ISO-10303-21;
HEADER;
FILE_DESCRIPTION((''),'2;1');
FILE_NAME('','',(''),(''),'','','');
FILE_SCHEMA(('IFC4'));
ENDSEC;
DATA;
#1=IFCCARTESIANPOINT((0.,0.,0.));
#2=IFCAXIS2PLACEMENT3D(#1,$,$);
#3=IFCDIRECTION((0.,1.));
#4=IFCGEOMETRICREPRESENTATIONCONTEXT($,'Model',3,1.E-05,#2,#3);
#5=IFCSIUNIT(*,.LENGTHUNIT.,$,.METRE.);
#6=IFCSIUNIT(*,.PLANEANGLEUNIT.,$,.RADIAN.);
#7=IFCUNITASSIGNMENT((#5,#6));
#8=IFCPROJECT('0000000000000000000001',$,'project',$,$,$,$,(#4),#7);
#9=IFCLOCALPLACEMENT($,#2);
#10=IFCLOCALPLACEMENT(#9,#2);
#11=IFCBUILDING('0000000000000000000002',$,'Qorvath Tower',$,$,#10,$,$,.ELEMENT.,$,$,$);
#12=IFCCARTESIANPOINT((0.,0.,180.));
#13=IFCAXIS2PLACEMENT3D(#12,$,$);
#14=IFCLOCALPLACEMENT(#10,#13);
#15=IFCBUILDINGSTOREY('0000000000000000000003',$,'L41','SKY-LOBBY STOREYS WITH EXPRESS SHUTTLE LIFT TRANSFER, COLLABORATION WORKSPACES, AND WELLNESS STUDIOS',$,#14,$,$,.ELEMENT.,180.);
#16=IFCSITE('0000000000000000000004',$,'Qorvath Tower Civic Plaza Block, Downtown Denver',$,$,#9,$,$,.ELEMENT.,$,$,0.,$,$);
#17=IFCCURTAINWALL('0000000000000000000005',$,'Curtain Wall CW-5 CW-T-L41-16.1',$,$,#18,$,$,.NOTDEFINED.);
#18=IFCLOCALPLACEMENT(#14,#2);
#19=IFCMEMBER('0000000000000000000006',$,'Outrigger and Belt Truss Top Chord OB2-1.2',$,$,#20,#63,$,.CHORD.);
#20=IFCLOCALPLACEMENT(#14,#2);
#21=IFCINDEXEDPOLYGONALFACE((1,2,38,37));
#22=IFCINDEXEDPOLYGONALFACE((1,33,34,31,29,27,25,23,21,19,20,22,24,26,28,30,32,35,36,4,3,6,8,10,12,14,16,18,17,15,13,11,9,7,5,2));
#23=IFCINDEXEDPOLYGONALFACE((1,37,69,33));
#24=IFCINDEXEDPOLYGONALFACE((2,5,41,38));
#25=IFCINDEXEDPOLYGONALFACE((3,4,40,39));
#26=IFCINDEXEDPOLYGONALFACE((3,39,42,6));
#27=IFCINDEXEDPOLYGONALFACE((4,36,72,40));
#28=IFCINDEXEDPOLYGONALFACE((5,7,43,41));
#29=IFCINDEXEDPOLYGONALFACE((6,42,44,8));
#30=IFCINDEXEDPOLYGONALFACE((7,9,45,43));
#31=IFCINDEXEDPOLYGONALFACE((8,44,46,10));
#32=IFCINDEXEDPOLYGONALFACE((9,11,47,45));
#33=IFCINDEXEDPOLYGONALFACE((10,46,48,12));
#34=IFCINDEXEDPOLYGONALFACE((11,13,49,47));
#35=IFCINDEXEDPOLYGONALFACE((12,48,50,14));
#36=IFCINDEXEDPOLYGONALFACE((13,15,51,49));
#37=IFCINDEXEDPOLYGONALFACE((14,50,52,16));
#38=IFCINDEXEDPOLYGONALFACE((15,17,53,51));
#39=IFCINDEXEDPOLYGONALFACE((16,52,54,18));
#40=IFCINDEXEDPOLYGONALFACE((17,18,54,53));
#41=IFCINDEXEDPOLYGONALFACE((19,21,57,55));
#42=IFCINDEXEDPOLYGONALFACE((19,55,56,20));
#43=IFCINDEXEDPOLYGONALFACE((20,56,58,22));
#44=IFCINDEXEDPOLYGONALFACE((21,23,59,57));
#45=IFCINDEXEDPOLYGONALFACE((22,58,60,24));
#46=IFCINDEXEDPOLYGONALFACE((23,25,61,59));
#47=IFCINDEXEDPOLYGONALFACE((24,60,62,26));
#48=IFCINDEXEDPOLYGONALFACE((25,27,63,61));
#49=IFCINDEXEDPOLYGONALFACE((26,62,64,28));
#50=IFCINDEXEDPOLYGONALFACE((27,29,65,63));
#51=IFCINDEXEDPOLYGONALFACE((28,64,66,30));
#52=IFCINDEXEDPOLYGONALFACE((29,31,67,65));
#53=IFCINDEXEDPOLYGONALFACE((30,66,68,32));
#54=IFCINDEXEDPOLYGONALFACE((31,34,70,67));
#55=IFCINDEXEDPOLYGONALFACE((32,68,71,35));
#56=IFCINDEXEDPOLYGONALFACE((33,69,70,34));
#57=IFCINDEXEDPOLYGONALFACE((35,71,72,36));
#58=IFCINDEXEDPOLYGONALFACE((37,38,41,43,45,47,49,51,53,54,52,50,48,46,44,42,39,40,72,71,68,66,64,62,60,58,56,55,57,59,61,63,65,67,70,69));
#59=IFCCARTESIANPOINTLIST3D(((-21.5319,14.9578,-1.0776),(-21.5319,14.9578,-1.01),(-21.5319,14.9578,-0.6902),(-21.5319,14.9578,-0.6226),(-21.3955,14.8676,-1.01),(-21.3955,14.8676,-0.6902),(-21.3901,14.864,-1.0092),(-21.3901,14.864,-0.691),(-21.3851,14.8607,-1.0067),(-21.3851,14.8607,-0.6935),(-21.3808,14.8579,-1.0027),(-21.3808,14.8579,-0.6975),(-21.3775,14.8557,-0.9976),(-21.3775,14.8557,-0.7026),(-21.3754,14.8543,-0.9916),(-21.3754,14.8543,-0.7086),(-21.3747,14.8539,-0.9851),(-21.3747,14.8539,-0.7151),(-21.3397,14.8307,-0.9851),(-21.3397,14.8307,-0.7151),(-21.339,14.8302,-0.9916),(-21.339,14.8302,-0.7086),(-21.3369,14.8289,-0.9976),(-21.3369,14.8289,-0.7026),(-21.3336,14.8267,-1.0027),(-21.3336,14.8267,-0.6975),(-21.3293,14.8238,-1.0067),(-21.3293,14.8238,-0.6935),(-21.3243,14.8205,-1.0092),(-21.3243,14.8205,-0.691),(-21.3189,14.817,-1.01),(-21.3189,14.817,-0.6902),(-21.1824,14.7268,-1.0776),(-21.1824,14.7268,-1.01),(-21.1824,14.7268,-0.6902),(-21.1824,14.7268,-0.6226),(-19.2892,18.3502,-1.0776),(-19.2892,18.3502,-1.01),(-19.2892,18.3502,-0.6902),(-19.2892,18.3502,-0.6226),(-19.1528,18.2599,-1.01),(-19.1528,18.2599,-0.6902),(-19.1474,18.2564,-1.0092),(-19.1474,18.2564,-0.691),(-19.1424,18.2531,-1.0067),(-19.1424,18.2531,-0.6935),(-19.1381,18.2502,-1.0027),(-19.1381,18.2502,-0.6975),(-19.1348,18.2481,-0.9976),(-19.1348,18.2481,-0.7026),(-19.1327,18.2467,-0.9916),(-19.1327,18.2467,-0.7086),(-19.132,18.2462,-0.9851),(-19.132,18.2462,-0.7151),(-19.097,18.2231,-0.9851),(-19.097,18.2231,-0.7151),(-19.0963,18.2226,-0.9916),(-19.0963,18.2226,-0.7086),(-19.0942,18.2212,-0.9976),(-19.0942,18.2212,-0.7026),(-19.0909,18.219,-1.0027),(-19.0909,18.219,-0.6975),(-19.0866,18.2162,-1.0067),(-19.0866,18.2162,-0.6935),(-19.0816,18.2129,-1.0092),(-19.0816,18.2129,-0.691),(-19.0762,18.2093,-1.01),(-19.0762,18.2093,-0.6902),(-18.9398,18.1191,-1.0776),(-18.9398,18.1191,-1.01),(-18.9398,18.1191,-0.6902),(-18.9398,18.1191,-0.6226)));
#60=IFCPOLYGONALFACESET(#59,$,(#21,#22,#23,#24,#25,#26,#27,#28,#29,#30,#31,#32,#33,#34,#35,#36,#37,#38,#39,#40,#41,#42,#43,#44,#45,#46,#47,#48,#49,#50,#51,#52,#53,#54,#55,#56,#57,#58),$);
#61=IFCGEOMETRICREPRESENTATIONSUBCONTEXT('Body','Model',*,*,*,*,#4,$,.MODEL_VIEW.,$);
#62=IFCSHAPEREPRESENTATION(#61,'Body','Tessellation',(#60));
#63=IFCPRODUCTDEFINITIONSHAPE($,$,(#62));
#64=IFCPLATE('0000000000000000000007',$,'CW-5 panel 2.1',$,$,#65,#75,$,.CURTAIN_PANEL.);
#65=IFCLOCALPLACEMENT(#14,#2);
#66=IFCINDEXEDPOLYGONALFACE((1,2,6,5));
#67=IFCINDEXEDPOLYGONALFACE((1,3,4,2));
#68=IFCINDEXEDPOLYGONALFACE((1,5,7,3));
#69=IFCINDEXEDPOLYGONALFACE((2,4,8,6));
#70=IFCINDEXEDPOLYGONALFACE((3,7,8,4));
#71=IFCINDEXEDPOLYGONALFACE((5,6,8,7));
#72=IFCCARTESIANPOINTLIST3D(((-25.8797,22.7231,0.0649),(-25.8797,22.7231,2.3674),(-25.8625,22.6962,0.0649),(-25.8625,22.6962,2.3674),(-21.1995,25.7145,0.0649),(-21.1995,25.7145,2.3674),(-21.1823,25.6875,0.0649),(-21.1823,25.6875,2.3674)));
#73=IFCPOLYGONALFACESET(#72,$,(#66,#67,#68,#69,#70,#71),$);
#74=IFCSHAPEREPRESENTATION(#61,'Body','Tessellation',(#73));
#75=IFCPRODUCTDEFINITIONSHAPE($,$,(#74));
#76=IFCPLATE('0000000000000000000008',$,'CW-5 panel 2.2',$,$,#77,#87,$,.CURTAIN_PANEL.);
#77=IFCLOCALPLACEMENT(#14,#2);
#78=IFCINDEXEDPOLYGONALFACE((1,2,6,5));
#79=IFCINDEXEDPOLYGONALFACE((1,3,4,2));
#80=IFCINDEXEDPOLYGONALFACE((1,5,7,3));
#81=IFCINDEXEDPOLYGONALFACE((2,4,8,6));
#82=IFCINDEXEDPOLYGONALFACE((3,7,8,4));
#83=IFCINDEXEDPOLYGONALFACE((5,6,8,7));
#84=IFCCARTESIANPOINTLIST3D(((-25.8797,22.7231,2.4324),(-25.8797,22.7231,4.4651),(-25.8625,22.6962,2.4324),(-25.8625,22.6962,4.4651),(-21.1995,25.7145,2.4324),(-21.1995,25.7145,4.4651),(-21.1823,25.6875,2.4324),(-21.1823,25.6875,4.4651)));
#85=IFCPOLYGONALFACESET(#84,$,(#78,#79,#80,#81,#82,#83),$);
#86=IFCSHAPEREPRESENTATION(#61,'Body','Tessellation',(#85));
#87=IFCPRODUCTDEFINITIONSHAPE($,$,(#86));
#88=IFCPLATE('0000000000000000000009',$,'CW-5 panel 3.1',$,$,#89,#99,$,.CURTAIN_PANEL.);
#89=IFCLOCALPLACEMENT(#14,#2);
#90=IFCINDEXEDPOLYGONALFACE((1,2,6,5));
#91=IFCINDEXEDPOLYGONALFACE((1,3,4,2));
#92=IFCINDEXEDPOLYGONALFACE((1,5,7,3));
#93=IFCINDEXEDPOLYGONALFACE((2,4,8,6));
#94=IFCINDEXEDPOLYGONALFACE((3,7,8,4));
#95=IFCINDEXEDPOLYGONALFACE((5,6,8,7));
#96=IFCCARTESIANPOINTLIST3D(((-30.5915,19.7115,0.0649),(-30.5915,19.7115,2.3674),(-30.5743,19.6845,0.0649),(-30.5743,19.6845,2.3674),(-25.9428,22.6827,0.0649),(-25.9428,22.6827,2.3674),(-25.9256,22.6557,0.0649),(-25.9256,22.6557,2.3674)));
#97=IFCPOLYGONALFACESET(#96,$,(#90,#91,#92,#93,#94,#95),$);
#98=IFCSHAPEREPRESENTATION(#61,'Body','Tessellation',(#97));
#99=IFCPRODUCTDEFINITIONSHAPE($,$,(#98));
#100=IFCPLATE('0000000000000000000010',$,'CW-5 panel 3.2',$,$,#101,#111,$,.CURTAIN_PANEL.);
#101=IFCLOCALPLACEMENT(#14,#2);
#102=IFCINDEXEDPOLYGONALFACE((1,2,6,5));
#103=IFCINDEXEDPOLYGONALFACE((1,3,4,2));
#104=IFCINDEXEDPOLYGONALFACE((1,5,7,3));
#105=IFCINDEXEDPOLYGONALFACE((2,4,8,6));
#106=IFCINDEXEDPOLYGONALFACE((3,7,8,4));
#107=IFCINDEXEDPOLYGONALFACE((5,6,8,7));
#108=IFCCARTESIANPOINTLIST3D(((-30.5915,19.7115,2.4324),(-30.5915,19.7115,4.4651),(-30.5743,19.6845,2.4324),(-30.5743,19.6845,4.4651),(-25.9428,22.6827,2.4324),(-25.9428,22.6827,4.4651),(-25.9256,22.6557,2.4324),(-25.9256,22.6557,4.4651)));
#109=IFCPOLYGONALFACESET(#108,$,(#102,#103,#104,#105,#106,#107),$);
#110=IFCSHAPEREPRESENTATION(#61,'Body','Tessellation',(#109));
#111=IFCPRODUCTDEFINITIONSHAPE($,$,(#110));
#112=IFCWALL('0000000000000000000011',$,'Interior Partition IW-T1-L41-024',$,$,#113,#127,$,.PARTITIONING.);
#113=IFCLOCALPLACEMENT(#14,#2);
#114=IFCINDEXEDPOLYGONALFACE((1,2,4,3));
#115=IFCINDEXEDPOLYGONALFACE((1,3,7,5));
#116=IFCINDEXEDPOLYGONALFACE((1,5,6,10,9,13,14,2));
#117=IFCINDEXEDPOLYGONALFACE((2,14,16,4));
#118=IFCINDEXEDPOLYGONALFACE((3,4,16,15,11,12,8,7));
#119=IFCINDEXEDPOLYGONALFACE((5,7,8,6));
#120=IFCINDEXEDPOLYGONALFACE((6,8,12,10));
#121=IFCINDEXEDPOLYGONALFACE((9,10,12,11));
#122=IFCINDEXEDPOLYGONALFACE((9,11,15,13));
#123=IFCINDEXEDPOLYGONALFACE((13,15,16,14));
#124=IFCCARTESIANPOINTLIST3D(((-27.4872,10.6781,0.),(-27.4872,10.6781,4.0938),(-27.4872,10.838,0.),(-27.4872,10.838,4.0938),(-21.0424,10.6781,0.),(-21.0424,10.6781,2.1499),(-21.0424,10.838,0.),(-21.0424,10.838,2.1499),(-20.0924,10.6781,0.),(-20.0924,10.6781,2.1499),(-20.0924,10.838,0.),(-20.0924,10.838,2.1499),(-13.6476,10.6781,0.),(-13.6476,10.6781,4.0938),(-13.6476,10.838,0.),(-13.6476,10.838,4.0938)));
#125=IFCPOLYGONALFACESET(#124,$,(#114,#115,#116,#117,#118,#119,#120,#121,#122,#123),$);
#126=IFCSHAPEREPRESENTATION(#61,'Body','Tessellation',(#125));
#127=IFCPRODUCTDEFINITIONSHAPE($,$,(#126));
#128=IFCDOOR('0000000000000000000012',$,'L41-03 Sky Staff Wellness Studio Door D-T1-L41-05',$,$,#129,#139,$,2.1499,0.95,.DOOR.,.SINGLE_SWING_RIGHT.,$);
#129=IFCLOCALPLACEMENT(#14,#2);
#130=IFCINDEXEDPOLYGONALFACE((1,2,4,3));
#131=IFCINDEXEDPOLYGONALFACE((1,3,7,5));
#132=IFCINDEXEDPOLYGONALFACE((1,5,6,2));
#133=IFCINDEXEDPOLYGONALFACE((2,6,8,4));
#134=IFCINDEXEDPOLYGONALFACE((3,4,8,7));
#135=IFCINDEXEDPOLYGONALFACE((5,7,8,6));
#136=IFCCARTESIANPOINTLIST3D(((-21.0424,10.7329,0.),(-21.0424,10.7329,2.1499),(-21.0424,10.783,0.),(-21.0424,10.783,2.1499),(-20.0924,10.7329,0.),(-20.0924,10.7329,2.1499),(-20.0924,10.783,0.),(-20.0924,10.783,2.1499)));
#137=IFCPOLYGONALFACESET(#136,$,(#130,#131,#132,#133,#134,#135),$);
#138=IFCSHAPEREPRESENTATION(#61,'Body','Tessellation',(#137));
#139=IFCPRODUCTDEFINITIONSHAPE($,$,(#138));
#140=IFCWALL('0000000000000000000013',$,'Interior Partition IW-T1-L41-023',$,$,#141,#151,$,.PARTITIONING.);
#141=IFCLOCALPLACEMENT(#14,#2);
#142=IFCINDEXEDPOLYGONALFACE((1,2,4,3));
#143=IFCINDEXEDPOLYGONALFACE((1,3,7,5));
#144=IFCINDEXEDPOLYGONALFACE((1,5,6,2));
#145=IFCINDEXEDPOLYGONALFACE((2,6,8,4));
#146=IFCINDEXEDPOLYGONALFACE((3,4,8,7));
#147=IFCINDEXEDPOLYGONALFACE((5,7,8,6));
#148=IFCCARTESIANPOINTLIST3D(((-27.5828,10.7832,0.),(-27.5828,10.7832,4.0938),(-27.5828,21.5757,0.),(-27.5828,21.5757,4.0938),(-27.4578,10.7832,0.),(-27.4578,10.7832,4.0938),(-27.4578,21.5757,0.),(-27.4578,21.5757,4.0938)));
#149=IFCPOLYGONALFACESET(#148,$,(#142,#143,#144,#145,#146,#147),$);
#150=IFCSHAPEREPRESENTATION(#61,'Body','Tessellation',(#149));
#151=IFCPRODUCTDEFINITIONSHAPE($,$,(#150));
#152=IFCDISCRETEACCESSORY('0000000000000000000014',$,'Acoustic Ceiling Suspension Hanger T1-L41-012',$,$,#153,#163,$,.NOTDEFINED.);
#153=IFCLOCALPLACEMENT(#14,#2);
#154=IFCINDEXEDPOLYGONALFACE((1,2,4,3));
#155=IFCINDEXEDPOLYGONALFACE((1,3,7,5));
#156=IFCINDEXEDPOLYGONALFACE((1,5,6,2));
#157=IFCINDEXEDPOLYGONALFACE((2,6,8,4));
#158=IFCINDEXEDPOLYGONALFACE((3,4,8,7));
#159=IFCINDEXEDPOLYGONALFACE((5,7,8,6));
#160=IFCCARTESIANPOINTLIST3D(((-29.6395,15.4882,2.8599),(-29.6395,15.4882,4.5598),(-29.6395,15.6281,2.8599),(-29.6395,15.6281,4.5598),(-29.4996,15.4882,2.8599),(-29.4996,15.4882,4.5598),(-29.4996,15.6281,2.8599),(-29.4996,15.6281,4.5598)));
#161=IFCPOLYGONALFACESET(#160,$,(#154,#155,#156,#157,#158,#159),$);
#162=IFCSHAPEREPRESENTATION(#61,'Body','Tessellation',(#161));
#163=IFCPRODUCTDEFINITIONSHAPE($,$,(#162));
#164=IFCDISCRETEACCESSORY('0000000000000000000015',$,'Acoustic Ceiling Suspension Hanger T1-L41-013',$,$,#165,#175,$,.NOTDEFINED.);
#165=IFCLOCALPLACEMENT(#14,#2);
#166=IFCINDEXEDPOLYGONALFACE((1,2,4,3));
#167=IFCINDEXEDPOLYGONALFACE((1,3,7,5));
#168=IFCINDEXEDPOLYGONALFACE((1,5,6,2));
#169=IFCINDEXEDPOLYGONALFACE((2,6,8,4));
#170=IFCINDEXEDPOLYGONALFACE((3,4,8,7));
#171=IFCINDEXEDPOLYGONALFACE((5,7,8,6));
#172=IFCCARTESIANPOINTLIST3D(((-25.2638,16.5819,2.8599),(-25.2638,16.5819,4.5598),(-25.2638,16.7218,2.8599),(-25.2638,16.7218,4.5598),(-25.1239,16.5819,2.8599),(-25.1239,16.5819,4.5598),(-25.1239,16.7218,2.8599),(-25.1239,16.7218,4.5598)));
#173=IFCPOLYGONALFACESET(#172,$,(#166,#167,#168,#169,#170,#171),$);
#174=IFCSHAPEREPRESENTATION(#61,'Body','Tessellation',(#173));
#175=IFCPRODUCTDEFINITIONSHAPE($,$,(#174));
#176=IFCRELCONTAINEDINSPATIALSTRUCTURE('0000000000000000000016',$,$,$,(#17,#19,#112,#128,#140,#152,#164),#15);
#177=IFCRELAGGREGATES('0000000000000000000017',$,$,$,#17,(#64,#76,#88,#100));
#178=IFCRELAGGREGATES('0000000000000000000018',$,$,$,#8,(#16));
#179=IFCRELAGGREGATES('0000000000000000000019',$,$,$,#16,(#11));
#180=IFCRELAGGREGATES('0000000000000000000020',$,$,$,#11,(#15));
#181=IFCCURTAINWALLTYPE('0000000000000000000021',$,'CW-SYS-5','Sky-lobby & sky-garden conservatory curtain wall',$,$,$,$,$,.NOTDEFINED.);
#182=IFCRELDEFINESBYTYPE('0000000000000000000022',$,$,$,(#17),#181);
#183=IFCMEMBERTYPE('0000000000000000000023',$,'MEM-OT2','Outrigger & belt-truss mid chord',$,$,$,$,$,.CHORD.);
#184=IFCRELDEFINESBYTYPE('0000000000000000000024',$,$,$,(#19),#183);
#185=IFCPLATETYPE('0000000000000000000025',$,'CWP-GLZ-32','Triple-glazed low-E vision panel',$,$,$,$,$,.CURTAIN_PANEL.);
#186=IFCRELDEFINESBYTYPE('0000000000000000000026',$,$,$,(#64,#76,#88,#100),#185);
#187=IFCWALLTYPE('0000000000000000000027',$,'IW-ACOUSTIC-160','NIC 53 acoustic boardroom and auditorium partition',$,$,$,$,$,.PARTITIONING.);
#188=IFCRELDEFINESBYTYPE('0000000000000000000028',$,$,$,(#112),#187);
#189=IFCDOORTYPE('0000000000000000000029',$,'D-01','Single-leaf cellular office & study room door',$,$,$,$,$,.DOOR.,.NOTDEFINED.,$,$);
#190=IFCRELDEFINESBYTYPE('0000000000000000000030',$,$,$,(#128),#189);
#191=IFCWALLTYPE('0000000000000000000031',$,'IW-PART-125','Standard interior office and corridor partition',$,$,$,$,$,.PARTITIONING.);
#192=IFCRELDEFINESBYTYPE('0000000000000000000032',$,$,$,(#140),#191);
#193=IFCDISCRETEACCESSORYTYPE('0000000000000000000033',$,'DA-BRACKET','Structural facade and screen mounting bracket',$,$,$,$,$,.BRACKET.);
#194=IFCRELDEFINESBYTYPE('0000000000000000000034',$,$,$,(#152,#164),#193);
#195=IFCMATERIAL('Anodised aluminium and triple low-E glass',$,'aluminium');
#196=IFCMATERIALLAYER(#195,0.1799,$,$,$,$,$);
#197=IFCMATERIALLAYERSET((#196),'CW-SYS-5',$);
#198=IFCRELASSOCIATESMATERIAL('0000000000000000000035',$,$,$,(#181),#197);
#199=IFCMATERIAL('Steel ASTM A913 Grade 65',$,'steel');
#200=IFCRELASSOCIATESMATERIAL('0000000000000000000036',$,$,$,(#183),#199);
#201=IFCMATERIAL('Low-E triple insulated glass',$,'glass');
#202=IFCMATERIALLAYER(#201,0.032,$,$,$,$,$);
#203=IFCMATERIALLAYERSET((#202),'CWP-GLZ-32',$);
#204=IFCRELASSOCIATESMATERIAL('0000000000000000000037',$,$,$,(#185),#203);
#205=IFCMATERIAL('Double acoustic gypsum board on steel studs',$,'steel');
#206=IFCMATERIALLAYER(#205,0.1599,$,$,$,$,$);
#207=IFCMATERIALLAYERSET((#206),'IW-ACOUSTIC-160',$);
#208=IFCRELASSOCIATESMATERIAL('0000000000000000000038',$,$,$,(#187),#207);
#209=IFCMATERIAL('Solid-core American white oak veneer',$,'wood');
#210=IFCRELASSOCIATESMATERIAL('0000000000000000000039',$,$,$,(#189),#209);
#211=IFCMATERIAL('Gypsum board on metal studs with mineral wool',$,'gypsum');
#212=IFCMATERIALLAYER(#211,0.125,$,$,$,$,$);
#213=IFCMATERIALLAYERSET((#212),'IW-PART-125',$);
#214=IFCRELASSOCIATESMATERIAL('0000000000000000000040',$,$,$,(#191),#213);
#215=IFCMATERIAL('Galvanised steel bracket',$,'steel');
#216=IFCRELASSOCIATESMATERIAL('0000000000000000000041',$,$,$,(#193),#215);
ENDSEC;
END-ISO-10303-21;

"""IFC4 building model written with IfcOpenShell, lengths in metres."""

from ifc_helpers import new_model, si_unit, direction, frame, frame_2d, origin, origin_2d, place, context, subcontext, project, spatial, rectangle, i_section, extrude, material, layer, layer_set, material_profile, profile_set, type_object, element, fill, aggregate, save


model = new_model("IFC4")

# Units and contexts
model_context = context("Model", 3, precision=1e-05, world=origin(), true_north=direction((0.0, 1.0)))
body_context = subcontext(model_context, "Body", "Model", "MODEL_VIEW")
ifc_project = project(units=[si_unit("LENGTHUNIT", "METRE"), si_unit("PLANEANGLEUNIT", "RADIAN")], contexts=[model_context])

# Site, building, storey
site_placement = place(None, origin())
site = spatial("IfcSite", under=ifc_project, at=site_placement, Name="Qorvath Tower Civic Plaza Block, Downtown Denver", CompositionType="ELEMENT", RefElevation=0.0)
building_placement = place(site_placement, origin())
building = spatial("IfcBuilding", under=site, at=building_placement, Name="Qorvath Tower", CompositionType="ELEMENT")
storey_placement = place(building_placement, frame((0.0, 0.0, 180.0)))
storey = spatial("IfcBuildingStorey", under=building, at=storey_placement, Name="L41", Description="SKY-LOBBY STOREYS WITH EXPRESS SHUTTLE LIFT TRANSFER, COLLABORATION WORKSPACES, AND WELLNESS STUDIOS", CompositionType="ELEMENT", Elevation=180.0)

# Curtain wall
ifc_material_1 = material(Name="Anodised aluminium and triple low-E glass", Category="aluminium")
ifc_layer_1 = layer(ifc_material_1, 0.1799)
ifc_layer_set_1 = layer_set([ifc_layer_1], Name="CW-SYS-5")
curtain_wall_type = type_object("IfcCurtainWallType", Name="CW-SYS-5", Description="Sky-lobby & sky-garden conservatory curtain wall", PredefinedType="NOTDEFINED", material=ifc_layer_set_1)
curtain_wall_placement = place(storey_placement, origin())
curtain_wall = element("IfcCurtainWall", 1, at=curtain_wall_placement, inside=storey, type_object=curtain_wall_type, Name="Curtain Wall CW-5 CW-T-L41-16.1", PredefinedType="NOTDEFINED")

# Member
ifc_material_2 = material(Name="Steel ASTM A913 Grade 65", Category="steel")
ifc_material_profile_1 = material_profile(ifc_material_2, i_section(OverallWidth=0.4189, OverallDepth=0.4551, WebThickness=0.042, FlangeThickness=0.0676, FilletRadius=0.0249, at=origin_2d()), Name="W14x370")
ifc_profile_set_1 = profile_set([ifc_material_profile_1], Name="Steel ASTM A913 Grade 65")
member_type_1 = type_object("IfcMemberType", Name="MEM-OT2", Description="Outrigger & belt-truss mid chord", PredefinedType="CHORD", material=ifc_profile_set_1)
for number, where, z_axis, x_axis, name in (
    (2, (-21.3572, 14.8423, -0.8501), (0.551482, 0.834187, 0.0), (-0.834187, 0.551482, 0.0), "Outrigger and Belt Truss Top Chord OB2-1.2"),
):
    element("IfcMember", number, at=place(storey_placement, frame(where, z_axis=z_axis, x_axis=x_axis)), inside=storey, type_object=member_type_1, Name=name, PredefinedType="CHORD", context=body_context, shape_type="SweptSolid", body=[
        extrude(i_section(OverallWidth=0.4189, OverallDepth=0.4551, WebThickness=0.042, FlangeThickness=0.0676, FilletRadius=0.0249, at=origin_2d()), origin(), (0.0, 0.0, 1.0), 4.0667),
    ])

# Plates
ifc_material_3 = material(Name="Low-E triple insulated glass", Category="glass")
ifc_layer_2 = layer(ifc_material_3, 0.032)
ifc_layer_set_2 = layer_set([ifc_layer_2], Name="CWP-GLZ-32")
plate_type = type_object("IfcPlateType", Name="CWP-GLZ-32", Description="Triple-glazed low-E vision panel", PredefinedType="CURTAIN_PANEL", material=ifc_layer_set_2)
plate_1_placement = place(storey_placement, frame((-23.531, 24.2053, 0.0649), z_axis=(0.0, 0.0, 1.0), x_axis=(-0.842597, -0.538544, 0.0)))
plate_1 = element("IfcPlate", 3, at=plate_1_placement, type_object=plate_type, Name="CW-5 panel 2.1", PredefinedType="CURTAIN_PANEL", context=body_context, shape_type="SweptSolid", body=[
    extrude(rectangle(XDim=5.5544, YDim=0.032, at=origin_2d()), origin(), (0.0, 0.0, 1.0), 2.3025),
])
plate_2_placement = place(storey_placement, frame((-23.531, 24.2053, 2.4324), z_axis=(0.0, 0.0, 1.0), x_axis=(-0.842597, -0.538544, 0.0)))
plate_2 = element("IfcPlate", 4, at=plate_2_placement, type_object=plate_type, Name="CW-5 panel 2.2", PredefinedType="CURTAIN_PANEL", context=body_context, shape_type="SweptSolid", body=[
    extrude(rectangle(XDim=5.5544, YDim=0.032, at=origin_2d()), origin(), (0.0, 0.0, 1.0), 2.0327),
])
plate_3_placement = place(storey_placement, frame((-28.2585, 21.1836, 0.0649), z_axis=(0.0, 0.0, 1.0), x_axis=(-0.842597, -0.538544, 0.0)))
plate_3 = element("IfcPlate", 5, at=plate_3_placement, type_object=plate_type, Name="CW-5 panel 3.1", PredefinedType="CURTAIN_PANEL", context=body_context, shape_type="SweptSolid", body=[
    extrude(rectangle(XDim=5.5171, YDim=0.032, at=origin_2d()), origin(), (0.0, 0.0, 1.0), 2.3025),
])
plate_4_placement = place(storey_placement, frame((-28.2585, 21.1836, 2.4324), z_axis=(0.0, 0.0, 1.0), x_axis=(-0.842597, -0.538544, 0.0)))
plate_4 = element("IfcPlate", 6, at=plate_4_placement, type_object=plate_type, Name="CW-5 panel 3.2", PredefinedType="CURTAIN_PANEL", context=body_context, shape_type="SweptSolid", body=[
    extrude(rectangle(XDim=5.5171, YDim=0.032, at=origin_2d()), origin(), (0.0, 0.0, 1.0), 2.0327),
])
aggregate(curtain_wall, [plate_1, plate_2, plate_3, plate_4])

# Wall, opening, door
ifc_material_4 = material(Name="Double acoustic gypsum board on steel studs", Category="steel")
ifc_layer_3 = layer(ifc_material_4, 0.1599)
ifc_layer_set_3 = layer_set([ifc_layer_3], Name="IW-ACOUSTIC-160")
wall_type_1 = type_object("IfcWallType", Name="IW-ACOUSTIC-160", Description="NIC 53 acoustic boardroom and auditorium partition", PredefinedType="PARTITIONING", material=ifc_layer_set_3)
wall_1_placement = place(storey_placement, frame((-27.4873, 10.7581, 0.0), z_axis=(0.0, 0.0, 1.0), x_axis=(1.0, 0.0, 0.0)))
wall_1 = element("IfcWall", 7, at=wall_1_placement, inside=storey, type_object=wall_type_1, Name="Interior Partition IW-T1-L41-024", PredefinedType="PARTITIONING", context=body_context, shape_type="SweptSolid", body=[
    extrude(rectangle(XDim=13.8396, YDim=0.1599, at=frame_2d((6.9199, 0.0))), origin(), (0.0, 0.0, 1.0), 4.0938),
])
opening_placement = place(wall_1_placement, frame((6.4448, 0.0, 0.0)))
opening = element("IfcOpeningElement", 8, at=opening_placement, cuts=wall_1, PredefinedType="OPENING", context=body_context, shape_type="SweptSolid", body=[
    extrude(rectangle(XDim=0.95, YDim=2.1499, at=frame_2d((0.4751, 1.075))), frame((0.0, 0.0898, 0.0), z_axis=(0.0, -1.0, 0.0), x_axis=(1.0, 0.0, 0.0)), (0.0, 0.0, 1.0), 0.1799),
])
ifc_material_5 = material(Name="Solid-core American white oak veneer", Category="wood")
door_type = type_object("IfcDoorType", Name="D-01", Description="Single-leaf cellular office & study room door", OperationType="NOTDEFINED", PredefinedType="DOOR", material=ifc_material_5)
door_placement = place(opening_placement, origin())
door = element("IfcDoor", 9, at=door_placement, inside=storey, type_object=door_type, Name="L41-03 Sky Staff Wellness Studio Door D-T1-L41-05", OperationType="SINGLE_SWING_RIGHT", OverallHeight=2.1499, OverallWidth=0.95, PredefinedType="DOOR", context=body_context, shape_type="SweptSolid", body=[
    extrude(rectangle(XDim=0.95, YDim=2.1499, at=frame_2d((0.4751, 1.075))), frame((0.0, 0.0249, 0.0), z_axis=(0.0, -1.0, 0.0), x_axis=(1.0, 0.0, 0.0)), (0.0, 0.0, 1.0), 0.05),
])
fill(opening, door)

# Wall
ifc_material_6 = material(Name="Gypsum board on metal studs with mineral wool", Category="gypsum")
ifc_layer_4 = layer(ifc_material_6, 0.125)
ifc_layer_set_4 = layer_set([ifc_layer_4], Name="IW-PART-125")
wall_type_2 = type_object("IfcWallType", Name="IW-PART-125", Description="Standard interior office and corridor partition", PredefinedType="PARTITIONING", material=ifc_layer_set_4)
wall_2_placement = place(storey_placement, frame((-27.5203, 10.7832, 0.0), z_axis=(0.0, 0.0, 1.0), x_axis=(0.0, 1.0, 0.0)))
element("IfcWall", 10, at=wall_2_placement, inside=storey, type_object=wall_type_2, Name="Interior Partition IW-T1-L41-023", PredefinedType="PARTITIONING", context=body_context, shape_type="SweptSolid", body=[
    extrude(rectangle(XDim=10.7925, YDim=0.125, at=frame_2d((5.3962, 0.0))), origin(), (0.0, 0.0, 1.0), 4.0938),
])

# Discrete accessories
ifc_material_7 = material(Name="Galvanised steel bracket", Category="steel")
discrete_accessory_type = type_object("IfcDiscreteAccessoryType", Name="DA-BRACKET", Description="Structural facade and screen mounting bracket", PredefinedType="BRACKET", material=ifc_material_7)
for number, where, z_axis, x_axis, name in (
    (11, (-29.5696, 15.5581, 2.8599), (0.0, 0.0, 1.0), (1.0, 0.0, 0.0), "Acoustic Ceiling Suspension Hanger T1-L41-012"),
    (12, (-25.1938, 16.6519, 2.8599), (0.0, 0.0, 1.0), (1.0, 0.0, 0.0), "Acoustic Ceiling Suspension Hanger T1-L41-013"),
):
    element("IfcDiscreteAccessory", number, at=place(storey_placement, frame(where, z_axis=z_axis, x_axis=x_axis)), inside=storey, type_object=discrete_accessory_type, Name=name, PredefinedType="NOTDEFINED", context=body_context, shape_type="SweptSolid", body=[
        extrude(rectangle(XDim=0.1399, YDim=0.1399, at=origin_2d()), origin(), (0.0, 0.0, 1.0), 1.7),
    ])

save(model, "model.ifc")
